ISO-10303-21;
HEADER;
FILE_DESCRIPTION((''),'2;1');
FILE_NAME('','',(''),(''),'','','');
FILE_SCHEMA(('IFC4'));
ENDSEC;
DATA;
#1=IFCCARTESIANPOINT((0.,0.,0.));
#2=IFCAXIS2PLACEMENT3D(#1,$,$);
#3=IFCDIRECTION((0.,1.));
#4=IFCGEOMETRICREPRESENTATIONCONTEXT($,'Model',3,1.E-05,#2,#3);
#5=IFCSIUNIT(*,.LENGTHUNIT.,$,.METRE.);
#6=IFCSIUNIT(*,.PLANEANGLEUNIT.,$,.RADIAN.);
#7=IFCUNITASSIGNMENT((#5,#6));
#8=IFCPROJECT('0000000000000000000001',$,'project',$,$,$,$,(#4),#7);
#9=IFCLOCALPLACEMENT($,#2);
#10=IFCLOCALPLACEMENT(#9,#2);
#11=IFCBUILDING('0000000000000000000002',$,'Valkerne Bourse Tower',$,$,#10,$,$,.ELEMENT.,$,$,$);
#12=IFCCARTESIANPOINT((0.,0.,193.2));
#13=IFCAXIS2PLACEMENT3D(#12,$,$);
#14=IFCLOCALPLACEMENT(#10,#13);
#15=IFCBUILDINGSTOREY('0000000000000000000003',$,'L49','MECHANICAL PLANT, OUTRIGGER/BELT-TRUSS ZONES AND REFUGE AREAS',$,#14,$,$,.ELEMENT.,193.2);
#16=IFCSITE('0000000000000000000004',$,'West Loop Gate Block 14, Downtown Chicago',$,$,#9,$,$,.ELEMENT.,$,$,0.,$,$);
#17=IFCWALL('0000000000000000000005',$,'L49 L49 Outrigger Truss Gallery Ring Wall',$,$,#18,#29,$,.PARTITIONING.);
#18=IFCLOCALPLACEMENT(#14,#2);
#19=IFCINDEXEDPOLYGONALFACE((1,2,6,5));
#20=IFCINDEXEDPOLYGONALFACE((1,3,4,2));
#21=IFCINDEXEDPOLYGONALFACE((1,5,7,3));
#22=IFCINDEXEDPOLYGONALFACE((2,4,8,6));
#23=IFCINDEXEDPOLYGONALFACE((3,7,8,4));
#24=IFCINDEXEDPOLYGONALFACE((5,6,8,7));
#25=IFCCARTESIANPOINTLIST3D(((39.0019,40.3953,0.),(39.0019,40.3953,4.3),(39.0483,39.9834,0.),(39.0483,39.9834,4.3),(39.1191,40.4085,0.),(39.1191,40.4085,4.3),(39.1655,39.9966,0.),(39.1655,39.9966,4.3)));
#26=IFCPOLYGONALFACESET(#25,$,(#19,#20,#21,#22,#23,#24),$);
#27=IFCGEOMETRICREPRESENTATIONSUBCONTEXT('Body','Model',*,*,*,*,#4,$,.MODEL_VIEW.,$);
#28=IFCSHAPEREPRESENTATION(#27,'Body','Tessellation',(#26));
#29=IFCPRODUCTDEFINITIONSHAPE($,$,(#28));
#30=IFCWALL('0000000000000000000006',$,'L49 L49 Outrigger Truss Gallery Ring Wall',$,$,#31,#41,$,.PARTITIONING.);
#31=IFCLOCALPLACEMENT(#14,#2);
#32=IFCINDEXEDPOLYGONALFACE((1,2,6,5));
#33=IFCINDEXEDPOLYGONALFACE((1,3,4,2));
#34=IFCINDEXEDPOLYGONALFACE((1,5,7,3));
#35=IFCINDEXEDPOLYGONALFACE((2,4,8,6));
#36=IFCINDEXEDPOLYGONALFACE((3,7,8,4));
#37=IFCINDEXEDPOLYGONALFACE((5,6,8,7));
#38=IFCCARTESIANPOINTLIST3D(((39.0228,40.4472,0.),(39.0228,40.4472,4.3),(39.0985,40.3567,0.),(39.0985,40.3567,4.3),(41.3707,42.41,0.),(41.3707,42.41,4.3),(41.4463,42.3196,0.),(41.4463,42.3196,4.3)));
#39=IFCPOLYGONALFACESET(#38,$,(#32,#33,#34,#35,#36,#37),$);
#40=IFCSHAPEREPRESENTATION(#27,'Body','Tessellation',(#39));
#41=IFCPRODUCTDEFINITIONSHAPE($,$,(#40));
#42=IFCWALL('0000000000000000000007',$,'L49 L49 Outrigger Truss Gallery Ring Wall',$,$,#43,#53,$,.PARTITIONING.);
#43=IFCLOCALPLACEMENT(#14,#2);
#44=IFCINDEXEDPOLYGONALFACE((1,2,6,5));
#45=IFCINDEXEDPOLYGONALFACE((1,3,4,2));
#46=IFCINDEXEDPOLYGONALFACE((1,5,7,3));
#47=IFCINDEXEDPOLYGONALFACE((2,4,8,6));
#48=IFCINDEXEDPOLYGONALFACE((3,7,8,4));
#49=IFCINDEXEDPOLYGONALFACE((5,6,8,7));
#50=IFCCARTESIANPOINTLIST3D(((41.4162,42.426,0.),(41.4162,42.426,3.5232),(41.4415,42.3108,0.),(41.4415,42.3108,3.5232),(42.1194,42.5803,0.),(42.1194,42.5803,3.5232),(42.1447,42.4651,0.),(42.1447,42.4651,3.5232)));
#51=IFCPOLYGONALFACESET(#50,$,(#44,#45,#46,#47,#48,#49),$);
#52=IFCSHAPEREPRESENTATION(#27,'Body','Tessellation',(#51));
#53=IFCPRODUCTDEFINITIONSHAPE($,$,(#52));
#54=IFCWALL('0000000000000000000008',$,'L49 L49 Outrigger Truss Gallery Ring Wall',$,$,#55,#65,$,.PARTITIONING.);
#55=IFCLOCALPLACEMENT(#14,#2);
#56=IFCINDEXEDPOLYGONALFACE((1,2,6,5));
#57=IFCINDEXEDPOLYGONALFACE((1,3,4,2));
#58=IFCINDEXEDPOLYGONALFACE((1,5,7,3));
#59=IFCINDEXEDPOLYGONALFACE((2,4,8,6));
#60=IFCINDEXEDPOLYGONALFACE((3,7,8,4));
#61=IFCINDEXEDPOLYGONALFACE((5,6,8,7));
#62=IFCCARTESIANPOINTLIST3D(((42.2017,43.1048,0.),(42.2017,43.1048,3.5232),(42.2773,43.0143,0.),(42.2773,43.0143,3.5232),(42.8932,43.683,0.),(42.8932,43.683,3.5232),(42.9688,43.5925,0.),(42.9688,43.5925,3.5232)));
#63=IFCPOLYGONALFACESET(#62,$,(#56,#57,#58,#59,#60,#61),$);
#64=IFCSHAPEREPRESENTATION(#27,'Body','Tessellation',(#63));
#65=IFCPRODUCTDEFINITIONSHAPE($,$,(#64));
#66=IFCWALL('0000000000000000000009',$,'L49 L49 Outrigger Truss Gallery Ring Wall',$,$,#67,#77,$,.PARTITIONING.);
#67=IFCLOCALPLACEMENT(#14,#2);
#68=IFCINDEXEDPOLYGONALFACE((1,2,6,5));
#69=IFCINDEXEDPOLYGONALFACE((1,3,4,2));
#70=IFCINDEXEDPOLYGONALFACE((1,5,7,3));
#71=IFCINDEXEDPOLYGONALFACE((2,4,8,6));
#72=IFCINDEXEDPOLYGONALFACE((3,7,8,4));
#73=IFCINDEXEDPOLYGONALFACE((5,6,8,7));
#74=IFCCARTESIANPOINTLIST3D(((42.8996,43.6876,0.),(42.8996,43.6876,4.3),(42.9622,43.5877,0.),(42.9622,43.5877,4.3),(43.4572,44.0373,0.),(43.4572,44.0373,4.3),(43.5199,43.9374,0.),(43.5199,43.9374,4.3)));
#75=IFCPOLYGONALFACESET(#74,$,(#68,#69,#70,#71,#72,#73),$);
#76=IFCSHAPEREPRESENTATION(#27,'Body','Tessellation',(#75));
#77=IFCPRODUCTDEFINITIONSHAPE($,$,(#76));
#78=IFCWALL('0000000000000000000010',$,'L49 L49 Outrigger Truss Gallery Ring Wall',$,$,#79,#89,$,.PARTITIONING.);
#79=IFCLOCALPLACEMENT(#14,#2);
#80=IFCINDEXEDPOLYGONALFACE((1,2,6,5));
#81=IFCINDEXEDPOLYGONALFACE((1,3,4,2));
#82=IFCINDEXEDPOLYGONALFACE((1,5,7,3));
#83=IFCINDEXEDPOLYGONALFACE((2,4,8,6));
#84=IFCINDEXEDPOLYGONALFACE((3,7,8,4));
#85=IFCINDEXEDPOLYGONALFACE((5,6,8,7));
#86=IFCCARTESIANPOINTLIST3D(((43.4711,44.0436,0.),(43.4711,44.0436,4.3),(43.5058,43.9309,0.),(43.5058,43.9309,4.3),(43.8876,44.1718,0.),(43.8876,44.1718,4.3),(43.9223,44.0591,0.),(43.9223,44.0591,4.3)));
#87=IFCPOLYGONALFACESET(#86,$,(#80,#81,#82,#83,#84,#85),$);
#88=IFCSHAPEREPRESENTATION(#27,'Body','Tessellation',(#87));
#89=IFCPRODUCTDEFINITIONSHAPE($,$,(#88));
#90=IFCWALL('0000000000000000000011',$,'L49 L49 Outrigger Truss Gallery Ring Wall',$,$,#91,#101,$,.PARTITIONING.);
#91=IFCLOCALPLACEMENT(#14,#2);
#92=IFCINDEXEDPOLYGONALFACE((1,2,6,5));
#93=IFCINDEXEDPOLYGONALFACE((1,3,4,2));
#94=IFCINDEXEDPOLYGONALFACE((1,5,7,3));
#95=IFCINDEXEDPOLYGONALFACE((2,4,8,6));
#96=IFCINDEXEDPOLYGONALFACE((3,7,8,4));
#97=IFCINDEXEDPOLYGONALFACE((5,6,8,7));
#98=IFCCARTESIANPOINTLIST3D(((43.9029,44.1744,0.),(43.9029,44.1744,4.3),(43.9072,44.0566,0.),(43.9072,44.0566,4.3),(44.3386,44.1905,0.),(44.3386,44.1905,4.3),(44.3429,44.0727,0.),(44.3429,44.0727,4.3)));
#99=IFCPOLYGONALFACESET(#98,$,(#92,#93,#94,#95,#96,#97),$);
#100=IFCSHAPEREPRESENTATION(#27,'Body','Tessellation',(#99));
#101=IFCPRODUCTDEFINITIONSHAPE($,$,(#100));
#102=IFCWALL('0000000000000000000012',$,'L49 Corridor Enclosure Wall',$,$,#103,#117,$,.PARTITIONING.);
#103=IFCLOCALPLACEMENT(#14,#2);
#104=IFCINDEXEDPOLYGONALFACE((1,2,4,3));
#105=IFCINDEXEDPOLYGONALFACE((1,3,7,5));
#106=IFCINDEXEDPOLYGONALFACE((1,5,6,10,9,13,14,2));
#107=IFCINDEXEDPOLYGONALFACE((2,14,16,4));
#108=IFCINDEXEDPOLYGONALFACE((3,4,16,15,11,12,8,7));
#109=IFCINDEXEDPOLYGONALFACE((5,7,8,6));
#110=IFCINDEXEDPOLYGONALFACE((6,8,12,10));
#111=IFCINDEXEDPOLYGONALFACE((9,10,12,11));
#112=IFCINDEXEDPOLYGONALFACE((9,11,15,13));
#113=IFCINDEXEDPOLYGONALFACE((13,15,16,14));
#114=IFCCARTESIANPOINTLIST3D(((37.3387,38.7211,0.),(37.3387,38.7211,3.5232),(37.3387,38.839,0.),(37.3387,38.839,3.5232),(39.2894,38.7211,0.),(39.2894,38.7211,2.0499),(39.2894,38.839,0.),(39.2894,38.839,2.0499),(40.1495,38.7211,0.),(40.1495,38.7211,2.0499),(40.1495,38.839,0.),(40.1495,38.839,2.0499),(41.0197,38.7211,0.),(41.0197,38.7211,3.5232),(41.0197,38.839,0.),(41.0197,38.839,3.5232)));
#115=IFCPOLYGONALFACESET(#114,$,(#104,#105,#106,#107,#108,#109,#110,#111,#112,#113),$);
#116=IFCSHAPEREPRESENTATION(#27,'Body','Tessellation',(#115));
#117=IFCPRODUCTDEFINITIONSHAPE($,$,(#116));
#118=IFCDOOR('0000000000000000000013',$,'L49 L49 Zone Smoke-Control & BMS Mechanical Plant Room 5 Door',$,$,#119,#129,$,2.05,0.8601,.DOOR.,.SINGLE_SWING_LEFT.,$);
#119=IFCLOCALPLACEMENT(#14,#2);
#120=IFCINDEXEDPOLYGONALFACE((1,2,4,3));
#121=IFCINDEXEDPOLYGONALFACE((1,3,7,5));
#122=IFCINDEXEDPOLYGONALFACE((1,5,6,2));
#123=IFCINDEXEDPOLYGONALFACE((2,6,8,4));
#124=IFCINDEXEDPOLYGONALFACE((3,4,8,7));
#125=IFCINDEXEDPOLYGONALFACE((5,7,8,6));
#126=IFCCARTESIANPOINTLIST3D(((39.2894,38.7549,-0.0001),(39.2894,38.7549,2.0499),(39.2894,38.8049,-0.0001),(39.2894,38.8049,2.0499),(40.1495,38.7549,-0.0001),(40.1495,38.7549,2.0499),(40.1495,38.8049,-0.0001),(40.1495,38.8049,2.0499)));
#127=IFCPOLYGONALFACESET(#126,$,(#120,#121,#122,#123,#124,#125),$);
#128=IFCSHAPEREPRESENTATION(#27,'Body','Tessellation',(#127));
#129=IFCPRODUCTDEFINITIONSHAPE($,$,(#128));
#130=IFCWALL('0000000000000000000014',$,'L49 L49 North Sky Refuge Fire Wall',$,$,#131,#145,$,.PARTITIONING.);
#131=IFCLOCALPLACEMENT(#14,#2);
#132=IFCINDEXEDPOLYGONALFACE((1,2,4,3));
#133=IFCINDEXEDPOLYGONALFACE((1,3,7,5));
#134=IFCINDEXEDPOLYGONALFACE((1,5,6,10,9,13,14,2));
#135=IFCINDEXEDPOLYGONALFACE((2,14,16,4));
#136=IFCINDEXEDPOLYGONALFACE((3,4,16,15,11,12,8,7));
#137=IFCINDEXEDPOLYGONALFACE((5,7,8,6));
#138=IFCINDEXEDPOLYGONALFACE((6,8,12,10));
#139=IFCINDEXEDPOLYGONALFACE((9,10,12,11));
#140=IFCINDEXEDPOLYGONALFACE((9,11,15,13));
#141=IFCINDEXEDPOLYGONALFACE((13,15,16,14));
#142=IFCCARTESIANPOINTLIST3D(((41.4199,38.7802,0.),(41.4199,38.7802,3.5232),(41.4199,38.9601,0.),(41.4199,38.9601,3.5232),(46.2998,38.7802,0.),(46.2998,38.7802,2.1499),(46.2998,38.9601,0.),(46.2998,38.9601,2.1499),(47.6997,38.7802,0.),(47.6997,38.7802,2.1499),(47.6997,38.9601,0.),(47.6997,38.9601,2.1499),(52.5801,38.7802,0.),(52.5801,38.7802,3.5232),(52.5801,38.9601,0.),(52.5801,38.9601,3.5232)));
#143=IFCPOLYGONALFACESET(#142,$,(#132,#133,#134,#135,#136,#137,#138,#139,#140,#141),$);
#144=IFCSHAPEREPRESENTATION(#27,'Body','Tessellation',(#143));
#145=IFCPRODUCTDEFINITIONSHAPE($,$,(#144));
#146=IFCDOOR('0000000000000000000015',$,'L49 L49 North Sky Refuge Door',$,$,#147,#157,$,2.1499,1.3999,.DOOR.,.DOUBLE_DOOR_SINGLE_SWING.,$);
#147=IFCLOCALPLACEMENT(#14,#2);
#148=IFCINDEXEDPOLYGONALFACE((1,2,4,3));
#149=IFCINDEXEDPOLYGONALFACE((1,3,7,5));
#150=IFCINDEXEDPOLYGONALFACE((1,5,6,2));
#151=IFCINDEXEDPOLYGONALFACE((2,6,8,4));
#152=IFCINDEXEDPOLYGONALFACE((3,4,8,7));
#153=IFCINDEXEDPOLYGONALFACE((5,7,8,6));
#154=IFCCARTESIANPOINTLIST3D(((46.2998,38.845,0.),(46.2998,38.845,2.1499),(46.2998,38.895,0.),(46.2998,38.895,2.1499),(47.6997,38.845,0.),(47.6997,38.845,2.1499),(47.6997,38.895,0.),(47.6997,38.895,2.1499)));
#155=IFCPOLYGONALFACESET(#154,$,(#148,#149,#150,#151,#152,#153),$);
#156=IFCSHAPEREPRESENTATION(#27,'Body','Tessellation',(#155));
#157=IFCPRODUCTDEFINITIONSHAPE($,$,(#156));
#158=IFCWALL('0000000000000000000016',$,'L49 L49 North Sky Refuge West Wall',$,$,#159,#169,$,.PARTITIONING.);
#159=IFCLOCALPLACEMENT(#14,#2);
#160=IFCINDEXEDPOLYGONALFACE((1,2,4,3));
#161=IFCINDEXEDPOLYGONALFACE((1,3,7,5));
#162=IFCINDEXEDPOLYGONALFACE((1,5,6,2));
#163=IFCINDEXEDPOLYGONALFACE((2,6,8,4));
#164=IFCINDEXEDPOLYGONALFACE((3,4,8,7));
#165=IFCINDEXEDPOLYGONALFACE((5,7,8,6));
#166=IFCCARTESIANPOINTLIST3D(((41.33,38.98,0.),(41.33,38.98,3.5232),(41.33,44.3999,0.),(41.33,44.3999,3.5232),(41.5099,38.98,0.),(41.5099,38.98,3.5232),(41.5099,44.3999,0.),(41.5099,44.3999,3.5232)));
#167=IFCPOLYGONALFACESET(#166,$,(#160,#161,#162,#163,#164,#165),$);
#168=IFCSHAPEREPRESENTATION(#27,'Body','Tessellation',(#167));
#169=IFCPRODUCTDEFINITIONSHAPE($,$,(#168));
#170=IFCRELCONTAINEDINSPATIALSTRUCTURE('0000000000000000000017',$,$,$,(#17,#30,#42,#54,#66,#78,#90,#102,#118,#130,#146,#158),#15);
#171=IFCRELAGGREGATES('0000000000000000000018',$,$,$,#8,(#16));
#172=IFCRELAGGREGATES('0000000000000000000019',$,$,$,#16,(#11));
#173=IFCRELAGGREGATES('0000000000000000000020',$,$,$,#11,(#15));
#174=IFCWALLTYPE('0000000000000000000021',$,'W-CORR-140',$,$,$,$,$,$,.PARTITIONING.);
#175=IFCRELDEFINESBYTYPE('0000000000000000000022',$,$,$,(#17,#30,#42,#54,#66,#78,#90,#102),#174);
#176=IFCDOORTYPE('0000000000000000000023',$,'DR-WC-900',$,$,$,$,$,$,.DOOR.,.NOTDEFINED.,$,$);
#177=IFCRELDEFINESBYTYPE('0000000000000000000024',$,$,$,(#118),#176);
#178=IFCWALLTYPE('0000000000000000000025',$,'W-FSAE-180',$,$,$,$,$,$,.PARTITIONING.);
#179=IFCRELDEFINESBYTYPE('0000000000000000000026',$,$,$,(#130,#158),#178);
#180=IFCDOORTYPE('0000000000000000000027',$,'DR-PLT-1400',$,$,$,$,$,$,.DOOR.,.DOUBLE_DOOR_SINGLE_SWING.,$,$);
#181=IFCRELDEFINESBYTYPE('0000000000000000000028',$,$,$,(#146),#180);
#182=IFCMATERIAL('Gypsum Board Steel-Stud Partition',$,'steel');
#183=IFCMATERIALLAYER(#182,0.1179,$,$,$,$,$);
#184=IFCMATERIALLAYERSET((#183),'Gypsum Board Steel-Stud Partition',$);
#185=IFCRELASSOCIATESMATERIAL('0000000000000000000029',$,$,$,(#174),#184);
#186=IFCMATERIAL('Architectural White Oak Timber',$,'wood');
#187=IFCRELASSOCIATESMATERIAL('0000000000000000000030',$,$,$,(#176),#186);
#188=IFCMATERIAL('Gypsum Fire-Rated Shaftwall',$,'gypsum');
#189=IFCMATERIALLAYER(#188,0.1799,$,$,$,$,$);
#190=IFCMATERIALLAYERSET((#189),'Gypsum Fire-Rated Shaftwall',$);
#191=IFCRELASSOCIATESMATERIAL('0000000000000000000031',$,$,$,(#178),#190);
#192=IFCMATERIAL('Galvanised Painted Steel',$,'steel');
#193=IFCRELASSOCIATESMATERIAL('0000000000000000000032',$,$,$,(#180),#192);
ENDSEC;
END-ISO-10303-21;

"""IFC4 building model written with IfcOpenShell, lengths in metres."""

from ifc_helpers import new_model, si_unit, direction, frame, frame_2d, origin, place, context, subcontext, project, spatial, rectangle, extrude, material, layer, layer_set, type_object, element, fill, save


model = new_model("IFC4")

# Units and contexts
model_context = context("Model", 3, precision=1e-05, world=origin(), true_north=direction((0.0, 1.0)))
body_context = subcontext(model_context, "Body", "Model", "MODEL_VIEW")
ifc_project = project(units=[si_unit("LENGTHUNIT", "METRE"), si_unit("PLANEANGLEUNIT", "RADIAN")], contexts=[model_context])

# Site, building, storey
site_placement = place(None, origin())
site = spatial("IfcSite", under=ifc_project, at=site_placement, Name="West Loop Gate Block 14, Downtown Chicago", CompositionType="ELEMENT", RefElevation=0.0)
building_placement = place(site_placement, origin())
building = spatial("IfcBuilding", under=site, at=building_placement, Name="Valkerne Bourse Tower", CompositionType="ELEMENT")
storey_placement = place(building_placement, frame((0.0, 0.0, 193.2)))
storey = spatial("IfcBuildingStorey", under=building, at=storey_placement, Name="L49", Description="MECHANICAL PLANT, OUTRIGGER/BELT-TRUSS ZONES AND REFUGE AREAS", CompositionType="ELEMENT", Elevation=193.2)

# Walls
ifc_material_1 = material(Name="Gypsum Board Steel-Stud Partition", Category="steel")
ifc_layer_1 = layer(ifc_material_1, 0.1179)
ifc_layer_set_1 = layer_set([ifc_layer_1], Name="Gypsum Board Steel-Stud Partition")
wall_type_1 = type_object("IfcWallType", Name="W-CORR-140", PredefinedType="PARTITIONING", material=ifc_layer_set_1)
wall_1_placement = place(storey_placement, frame((39.1069, 39.99, 0.0), z_axis=(0.0, 0.0, 1.0), x_axis=(-0.111918, 0.993717, 0.0)))
element("IfcWall", 1, at=wall_1_placement, inside=storey, type_object=wall_type_1, Name="L49 L49 Outrigger Truss Gallery Ring Wall", PredefinedType="PARTITIONING", context=body_context, shape_type="SweptSolid", body=[
    extrude(rectangle(XDim=0.4146, YDim=0.1179, at=frame_2d((0.2073, 0.0))), origin(), (0.0, 0.0, 1.0), 4.3),
])
wall_2_placement = place(storey_placement, frame((39.0605, 40.4019, 0.0), z_axis=(0.0, 0.0, 1.0), x_axis=(0.767207, 0.6414, 0.0)))
element("IfcWall", 2, at=wall_2_placement, inside=storey, type_object=wall_type_1, Name="L49 L49 Outrigger Truss Gallery Ring Wall", PredefinedType="PARTITIONING", context=body_context, shape_type="SweptSolid", body=[
    extrude(rectangle(XDim=3.0603, YDim=0.1179, at=frame_2d((1.5303, 0.0))), origin(), (0.0, 0.0, 1.0), 4.3),
])
wall_3_placement = place(storey_placement, frame((41.429, 42.3684, 0.0), z_axis=(0.0, 0.0, 1.0), x_axis=(0.976758, 0.214344, 0.0)))
element("IfcWall", 3, at=wall_3_placement, inside=storey, type_object=wall_type_1, Name="L49 L49 Outrigger Truss Gallery Ring Wall", PredefinedType="PARTITIONING", context=body_context, shape_type="SweptSolid", body=[
    extrude(rectangle(XDim=0.72, YDim=0.1179, at=frame_2d((0.3599, 0.0))), origin(), (0.0, 0.0, 1.0), 3.5232),
])
wall_4_placement = place(storey_placement, frame((42.2395, 43.0596, 0.0), z_axis=(0.0, 0.0, 1.0), x_axis=(0.767154, 0.641462, 0.0)))
element("IfcWall", 4, at=wall_4_placement, inside=storey, type_object=wall_type_1, Name="L49 L49 Outrigger Truss Gallery Ring Wall", PredefinedType="PARTITIONING", context=body_context, shape_type="SweptSolid", body=[
    extrude(rectangle(XDim=0.9014, YDim=0.1179, at=frame_2d((0.4507, 0.0))), origin(), (0.0, 0.0, 1.0), 3.5232),
])
wall_5_placement = place(storey_placement, frame((42.9309, 43.6377, 0.0), z_axis=(0.0, 0.0, 1.0), x_axis=(0.847247, 0.531199, 0.0)))
element("IfcWall", 5, at=wall_5_placement, inside=storey, type_object=wall_type_1, Name="L49 L49 Outrigger Truss Gallery Ring Wall", PredefinedType="PARTITIONING", context=body_context, shape_type="SweptSolid", body=[
    extrude(rectangle(XDim=0.6582, YDim=0.1179, at=frame_2d((0.3291, 0.0))), origin(), (0.0, 0.0, 1.0), 4.3),
])
wall_6_placement = place(storey_placement, frame((43.4885, 43.9873, 0.0), z_axis=(0.0, 0.0, 1.0), x_axis=(0.955767, 0.294125, 0.0)))
element("IfcWall", 6, at=wall_6_placement, inside=storey, type_object=wall_type_1, Name="L49 L49 Outrigger Truss Gallery Ring Wall", PredefinedType="PARTITIONING", context=body_context, shape_type="SweptSolid", body=[
    extrude(rectangle(XDim=0.4358, YDim=0.1179, at=frame_2d((0.2178, 0.0))), origin(), (0.0, 0.0, 1.0), 4.3),
])
wall_7_placement = place(storey_placement, frame((43.905, 44.1155, 0.0), z_axis=(0.0, 0.0, 1.0), x_axis=(0.999317, 0.03695, 0.0)))
element("IfcWall", 7, at=wall_7_placement, inside=storey, type_object=wall_type_1, Name="L49 L49 Outrigger Truss Gallery Ring Wall", PredefinedType="PARTITIONING", context=body_context, shape_type="SweptSolid", body=[
    extrude(rectangle(XDim=0.436, YDim=0.1179, at=frame_2d((0.218, 0.0))), origin(), (0.0, 0.0, 1.0), 4.3),
])

# Walls, openings, doors
wall_8_placement = place(storey_placement, frame((37.3389, 38.78, 0.0), z_axis=(0.0, 0.0, 1.0), x_axis=(1.0, 0.0, 0.0)))
wall_8 = element("IfcWall", 8, at=wall_8_placement, inside=storey, type_object=wall_type_1, Name="L49 Corridor Enclosure Wall", PredefinedType="PARTITIONING", context=body_context, shape_type="SweptSolid", body=[
    extrude(rectangle(XDim=3.6809, YDim=0.1179, at=frame_2d((1.8403, 0.0))), origin(), (0.0, 0.0, 1.0), 3.5232),
])
opening_1_placement = place(wall_8_placement, frame((1.9504, 0.0, 0.0)))
opening_1 = element("IfcOpeningElement", 9, at=opening_1_placement, cuts=wall_8, PredefinedType="OPENING", context=body_context, shape_type="SweptSolid", body=[
    extrude(rectangle(XDim=0.8601, YDim=2.05, at=frame_2d((0.4302, 1.0249))), frame((0.0, 0.0688, 0.0), z_axis=(0.0, -1.0, 0.0), x_axis=(1.0, 0.0, 0.0)), (0.0, 0.0, 1.0), 0.1379),
])
ifc_material_2 = material(Name="Architectural White Oak Timber", Category="wood")
door_type_1 = type_object("IfcDoorType", Name="DR-WC-900", OperationType="NOTDEFINED", PredefinedType="DOOR", material=ifc_material_2)
door_1_placement = place(opening_1_placement, origin())
door_1 = element("IfcDoor", 10, at=door_1_placement, inside=storey, type_object=door_type_1, Name="L49 L49 Zone Smoke-Control & BMS Mechanical Plant Room 5 Door", OperationType="SINGLE_SWING_LEFT", OverallHeight=2.05, OverallWidth=0.8601, PredefinedType="DOOR", context=body_context, shape_type="SweptSolid", body=[
    extrude(rectangle(XDim=0.8601, YDim=2.05, at=frame_2d((0.4302, 1.0249))), frame((0.0, 0.0249, 0.0), z_axis=(0.0, -1.0, 0.0), x_axis=(1.0, 0.0, 0.0)), (0.0, 0.0, 1.0), 0.05),
])
fill(opening_1, door_1)
ifc_material_3 = material(Name="Gypsum Fire-Rated Shaftwall", Category="gypsum")
ifc_layer_2 = layer(ifc_material_3, 0.1799)
ifc_layer_set_2 = layer_set([ifc_layer_2], Name="Gypsum Fire-Rated Shaftwall")
wall_type_2 = type_object("IfcWallType", Name="W-FSAE-180", PredefinedType="PARTITIONING", material=ifc_layer_set_2)
wall_9_placement = place(storey_placement, frame((41.4199, 38.8701, 0.0), z_axis=(0.0, 0.0, 1.0), x_axis=(1.0, 0.0, 0.0)))
wall_9 = element("IfcWall", 11, at=wall_9_placement, inside=storey, type_object=wall_type_2, Name="L49 L49 North Sky Refuge Fire Wall", PredefinedType="PARTITIONING", context=body_context, shape_type="SweptSolid", body=[
    extrude(rectangle(XDim=11.1602, YDim=0.1799, at=frame_2d((5.5801, 0.0))), origin(), (0.0, 0.0, 1.0), 3.5232),
])
opening_2_placement = place(wall_9_placement, frame((4.8799, 0.0, 0.0)))
opening_2 = element("IfcOpeningElement", 12, at=opening_2_placement, cuts=wall_9, PredefinedType="OPENING", context=body_context, shape_type="SweptSolid", body=[
    extrude(rectangle(XDim=1.3999, YDim=2.1499, at=frame_2d((0.7, 1.075))), frame((0.0, 0.0999, 0.0), z_axis=(0.0, -1.0, 0.0), x_axis=(1.0, 0.0, 0.0)), (0.0, 0.0, 1.0), 0.2),
])
ifc_material_4 = material(Name="Galvanised Painted Steel", Category="steel")
door_type_2 = type_object("IfcDoorType", Name="DR-PLT-1400", OperationType="DOUBLE_DOOR_SINGLE_SWING", PredefinedType="DOOR", material=ifc_material_4)
door_2_placement = place(opening_2_placement, origin())
door_2 = element("IfcDoor", 13, at=door_2_placement, inside=storey, type_object=door_type_2, Name="L49 L49 North Sky Refuge Door", OperationType="DOUBLE_DOOR_SINGLE_SWING", OverallHeight=2.1499, OverallWidth=1.3999, PredefinedType="DOOR", context=body_context, shape_type="SweptSolid", body=[
    extrude(rectangle(XDim=1.3999, YDim=2.1499, at=frame_2d((0.7, 1.075))), frame((0.0, 0.0249, 0.0), z_axis=(0.0, -1.0, 0.0), x_axis=(1.0, 0.0, 0.0)), (0.0, 0.0, 1.0), 0.05),
])
fill(opening_2, door_2)

# Wall
wall_10_placement = place(storey_placement, frame((41.4199, 38.98, 0.0), z_axis=(0.0, 0.0, 1.0), x_axis=(0.0, 1.0, 0.0)))
element("IfcWall", 14, at=wall_10_placement, inside=storey, type_object=wall_type_2, Name="L49 L49 North Sky Refuge West Wall", PredefinedType="PARTITIONING", context=body_context, shape_type="SweptSolid", body=[
    extrude(rectangle(XDim=5.4199, YDim=0.1799, at=frame_2d((2.71, 0.0))), origin(), (0.0, 0.0, 1.0), 3.5232),
])

save(model, "model.ifc")
